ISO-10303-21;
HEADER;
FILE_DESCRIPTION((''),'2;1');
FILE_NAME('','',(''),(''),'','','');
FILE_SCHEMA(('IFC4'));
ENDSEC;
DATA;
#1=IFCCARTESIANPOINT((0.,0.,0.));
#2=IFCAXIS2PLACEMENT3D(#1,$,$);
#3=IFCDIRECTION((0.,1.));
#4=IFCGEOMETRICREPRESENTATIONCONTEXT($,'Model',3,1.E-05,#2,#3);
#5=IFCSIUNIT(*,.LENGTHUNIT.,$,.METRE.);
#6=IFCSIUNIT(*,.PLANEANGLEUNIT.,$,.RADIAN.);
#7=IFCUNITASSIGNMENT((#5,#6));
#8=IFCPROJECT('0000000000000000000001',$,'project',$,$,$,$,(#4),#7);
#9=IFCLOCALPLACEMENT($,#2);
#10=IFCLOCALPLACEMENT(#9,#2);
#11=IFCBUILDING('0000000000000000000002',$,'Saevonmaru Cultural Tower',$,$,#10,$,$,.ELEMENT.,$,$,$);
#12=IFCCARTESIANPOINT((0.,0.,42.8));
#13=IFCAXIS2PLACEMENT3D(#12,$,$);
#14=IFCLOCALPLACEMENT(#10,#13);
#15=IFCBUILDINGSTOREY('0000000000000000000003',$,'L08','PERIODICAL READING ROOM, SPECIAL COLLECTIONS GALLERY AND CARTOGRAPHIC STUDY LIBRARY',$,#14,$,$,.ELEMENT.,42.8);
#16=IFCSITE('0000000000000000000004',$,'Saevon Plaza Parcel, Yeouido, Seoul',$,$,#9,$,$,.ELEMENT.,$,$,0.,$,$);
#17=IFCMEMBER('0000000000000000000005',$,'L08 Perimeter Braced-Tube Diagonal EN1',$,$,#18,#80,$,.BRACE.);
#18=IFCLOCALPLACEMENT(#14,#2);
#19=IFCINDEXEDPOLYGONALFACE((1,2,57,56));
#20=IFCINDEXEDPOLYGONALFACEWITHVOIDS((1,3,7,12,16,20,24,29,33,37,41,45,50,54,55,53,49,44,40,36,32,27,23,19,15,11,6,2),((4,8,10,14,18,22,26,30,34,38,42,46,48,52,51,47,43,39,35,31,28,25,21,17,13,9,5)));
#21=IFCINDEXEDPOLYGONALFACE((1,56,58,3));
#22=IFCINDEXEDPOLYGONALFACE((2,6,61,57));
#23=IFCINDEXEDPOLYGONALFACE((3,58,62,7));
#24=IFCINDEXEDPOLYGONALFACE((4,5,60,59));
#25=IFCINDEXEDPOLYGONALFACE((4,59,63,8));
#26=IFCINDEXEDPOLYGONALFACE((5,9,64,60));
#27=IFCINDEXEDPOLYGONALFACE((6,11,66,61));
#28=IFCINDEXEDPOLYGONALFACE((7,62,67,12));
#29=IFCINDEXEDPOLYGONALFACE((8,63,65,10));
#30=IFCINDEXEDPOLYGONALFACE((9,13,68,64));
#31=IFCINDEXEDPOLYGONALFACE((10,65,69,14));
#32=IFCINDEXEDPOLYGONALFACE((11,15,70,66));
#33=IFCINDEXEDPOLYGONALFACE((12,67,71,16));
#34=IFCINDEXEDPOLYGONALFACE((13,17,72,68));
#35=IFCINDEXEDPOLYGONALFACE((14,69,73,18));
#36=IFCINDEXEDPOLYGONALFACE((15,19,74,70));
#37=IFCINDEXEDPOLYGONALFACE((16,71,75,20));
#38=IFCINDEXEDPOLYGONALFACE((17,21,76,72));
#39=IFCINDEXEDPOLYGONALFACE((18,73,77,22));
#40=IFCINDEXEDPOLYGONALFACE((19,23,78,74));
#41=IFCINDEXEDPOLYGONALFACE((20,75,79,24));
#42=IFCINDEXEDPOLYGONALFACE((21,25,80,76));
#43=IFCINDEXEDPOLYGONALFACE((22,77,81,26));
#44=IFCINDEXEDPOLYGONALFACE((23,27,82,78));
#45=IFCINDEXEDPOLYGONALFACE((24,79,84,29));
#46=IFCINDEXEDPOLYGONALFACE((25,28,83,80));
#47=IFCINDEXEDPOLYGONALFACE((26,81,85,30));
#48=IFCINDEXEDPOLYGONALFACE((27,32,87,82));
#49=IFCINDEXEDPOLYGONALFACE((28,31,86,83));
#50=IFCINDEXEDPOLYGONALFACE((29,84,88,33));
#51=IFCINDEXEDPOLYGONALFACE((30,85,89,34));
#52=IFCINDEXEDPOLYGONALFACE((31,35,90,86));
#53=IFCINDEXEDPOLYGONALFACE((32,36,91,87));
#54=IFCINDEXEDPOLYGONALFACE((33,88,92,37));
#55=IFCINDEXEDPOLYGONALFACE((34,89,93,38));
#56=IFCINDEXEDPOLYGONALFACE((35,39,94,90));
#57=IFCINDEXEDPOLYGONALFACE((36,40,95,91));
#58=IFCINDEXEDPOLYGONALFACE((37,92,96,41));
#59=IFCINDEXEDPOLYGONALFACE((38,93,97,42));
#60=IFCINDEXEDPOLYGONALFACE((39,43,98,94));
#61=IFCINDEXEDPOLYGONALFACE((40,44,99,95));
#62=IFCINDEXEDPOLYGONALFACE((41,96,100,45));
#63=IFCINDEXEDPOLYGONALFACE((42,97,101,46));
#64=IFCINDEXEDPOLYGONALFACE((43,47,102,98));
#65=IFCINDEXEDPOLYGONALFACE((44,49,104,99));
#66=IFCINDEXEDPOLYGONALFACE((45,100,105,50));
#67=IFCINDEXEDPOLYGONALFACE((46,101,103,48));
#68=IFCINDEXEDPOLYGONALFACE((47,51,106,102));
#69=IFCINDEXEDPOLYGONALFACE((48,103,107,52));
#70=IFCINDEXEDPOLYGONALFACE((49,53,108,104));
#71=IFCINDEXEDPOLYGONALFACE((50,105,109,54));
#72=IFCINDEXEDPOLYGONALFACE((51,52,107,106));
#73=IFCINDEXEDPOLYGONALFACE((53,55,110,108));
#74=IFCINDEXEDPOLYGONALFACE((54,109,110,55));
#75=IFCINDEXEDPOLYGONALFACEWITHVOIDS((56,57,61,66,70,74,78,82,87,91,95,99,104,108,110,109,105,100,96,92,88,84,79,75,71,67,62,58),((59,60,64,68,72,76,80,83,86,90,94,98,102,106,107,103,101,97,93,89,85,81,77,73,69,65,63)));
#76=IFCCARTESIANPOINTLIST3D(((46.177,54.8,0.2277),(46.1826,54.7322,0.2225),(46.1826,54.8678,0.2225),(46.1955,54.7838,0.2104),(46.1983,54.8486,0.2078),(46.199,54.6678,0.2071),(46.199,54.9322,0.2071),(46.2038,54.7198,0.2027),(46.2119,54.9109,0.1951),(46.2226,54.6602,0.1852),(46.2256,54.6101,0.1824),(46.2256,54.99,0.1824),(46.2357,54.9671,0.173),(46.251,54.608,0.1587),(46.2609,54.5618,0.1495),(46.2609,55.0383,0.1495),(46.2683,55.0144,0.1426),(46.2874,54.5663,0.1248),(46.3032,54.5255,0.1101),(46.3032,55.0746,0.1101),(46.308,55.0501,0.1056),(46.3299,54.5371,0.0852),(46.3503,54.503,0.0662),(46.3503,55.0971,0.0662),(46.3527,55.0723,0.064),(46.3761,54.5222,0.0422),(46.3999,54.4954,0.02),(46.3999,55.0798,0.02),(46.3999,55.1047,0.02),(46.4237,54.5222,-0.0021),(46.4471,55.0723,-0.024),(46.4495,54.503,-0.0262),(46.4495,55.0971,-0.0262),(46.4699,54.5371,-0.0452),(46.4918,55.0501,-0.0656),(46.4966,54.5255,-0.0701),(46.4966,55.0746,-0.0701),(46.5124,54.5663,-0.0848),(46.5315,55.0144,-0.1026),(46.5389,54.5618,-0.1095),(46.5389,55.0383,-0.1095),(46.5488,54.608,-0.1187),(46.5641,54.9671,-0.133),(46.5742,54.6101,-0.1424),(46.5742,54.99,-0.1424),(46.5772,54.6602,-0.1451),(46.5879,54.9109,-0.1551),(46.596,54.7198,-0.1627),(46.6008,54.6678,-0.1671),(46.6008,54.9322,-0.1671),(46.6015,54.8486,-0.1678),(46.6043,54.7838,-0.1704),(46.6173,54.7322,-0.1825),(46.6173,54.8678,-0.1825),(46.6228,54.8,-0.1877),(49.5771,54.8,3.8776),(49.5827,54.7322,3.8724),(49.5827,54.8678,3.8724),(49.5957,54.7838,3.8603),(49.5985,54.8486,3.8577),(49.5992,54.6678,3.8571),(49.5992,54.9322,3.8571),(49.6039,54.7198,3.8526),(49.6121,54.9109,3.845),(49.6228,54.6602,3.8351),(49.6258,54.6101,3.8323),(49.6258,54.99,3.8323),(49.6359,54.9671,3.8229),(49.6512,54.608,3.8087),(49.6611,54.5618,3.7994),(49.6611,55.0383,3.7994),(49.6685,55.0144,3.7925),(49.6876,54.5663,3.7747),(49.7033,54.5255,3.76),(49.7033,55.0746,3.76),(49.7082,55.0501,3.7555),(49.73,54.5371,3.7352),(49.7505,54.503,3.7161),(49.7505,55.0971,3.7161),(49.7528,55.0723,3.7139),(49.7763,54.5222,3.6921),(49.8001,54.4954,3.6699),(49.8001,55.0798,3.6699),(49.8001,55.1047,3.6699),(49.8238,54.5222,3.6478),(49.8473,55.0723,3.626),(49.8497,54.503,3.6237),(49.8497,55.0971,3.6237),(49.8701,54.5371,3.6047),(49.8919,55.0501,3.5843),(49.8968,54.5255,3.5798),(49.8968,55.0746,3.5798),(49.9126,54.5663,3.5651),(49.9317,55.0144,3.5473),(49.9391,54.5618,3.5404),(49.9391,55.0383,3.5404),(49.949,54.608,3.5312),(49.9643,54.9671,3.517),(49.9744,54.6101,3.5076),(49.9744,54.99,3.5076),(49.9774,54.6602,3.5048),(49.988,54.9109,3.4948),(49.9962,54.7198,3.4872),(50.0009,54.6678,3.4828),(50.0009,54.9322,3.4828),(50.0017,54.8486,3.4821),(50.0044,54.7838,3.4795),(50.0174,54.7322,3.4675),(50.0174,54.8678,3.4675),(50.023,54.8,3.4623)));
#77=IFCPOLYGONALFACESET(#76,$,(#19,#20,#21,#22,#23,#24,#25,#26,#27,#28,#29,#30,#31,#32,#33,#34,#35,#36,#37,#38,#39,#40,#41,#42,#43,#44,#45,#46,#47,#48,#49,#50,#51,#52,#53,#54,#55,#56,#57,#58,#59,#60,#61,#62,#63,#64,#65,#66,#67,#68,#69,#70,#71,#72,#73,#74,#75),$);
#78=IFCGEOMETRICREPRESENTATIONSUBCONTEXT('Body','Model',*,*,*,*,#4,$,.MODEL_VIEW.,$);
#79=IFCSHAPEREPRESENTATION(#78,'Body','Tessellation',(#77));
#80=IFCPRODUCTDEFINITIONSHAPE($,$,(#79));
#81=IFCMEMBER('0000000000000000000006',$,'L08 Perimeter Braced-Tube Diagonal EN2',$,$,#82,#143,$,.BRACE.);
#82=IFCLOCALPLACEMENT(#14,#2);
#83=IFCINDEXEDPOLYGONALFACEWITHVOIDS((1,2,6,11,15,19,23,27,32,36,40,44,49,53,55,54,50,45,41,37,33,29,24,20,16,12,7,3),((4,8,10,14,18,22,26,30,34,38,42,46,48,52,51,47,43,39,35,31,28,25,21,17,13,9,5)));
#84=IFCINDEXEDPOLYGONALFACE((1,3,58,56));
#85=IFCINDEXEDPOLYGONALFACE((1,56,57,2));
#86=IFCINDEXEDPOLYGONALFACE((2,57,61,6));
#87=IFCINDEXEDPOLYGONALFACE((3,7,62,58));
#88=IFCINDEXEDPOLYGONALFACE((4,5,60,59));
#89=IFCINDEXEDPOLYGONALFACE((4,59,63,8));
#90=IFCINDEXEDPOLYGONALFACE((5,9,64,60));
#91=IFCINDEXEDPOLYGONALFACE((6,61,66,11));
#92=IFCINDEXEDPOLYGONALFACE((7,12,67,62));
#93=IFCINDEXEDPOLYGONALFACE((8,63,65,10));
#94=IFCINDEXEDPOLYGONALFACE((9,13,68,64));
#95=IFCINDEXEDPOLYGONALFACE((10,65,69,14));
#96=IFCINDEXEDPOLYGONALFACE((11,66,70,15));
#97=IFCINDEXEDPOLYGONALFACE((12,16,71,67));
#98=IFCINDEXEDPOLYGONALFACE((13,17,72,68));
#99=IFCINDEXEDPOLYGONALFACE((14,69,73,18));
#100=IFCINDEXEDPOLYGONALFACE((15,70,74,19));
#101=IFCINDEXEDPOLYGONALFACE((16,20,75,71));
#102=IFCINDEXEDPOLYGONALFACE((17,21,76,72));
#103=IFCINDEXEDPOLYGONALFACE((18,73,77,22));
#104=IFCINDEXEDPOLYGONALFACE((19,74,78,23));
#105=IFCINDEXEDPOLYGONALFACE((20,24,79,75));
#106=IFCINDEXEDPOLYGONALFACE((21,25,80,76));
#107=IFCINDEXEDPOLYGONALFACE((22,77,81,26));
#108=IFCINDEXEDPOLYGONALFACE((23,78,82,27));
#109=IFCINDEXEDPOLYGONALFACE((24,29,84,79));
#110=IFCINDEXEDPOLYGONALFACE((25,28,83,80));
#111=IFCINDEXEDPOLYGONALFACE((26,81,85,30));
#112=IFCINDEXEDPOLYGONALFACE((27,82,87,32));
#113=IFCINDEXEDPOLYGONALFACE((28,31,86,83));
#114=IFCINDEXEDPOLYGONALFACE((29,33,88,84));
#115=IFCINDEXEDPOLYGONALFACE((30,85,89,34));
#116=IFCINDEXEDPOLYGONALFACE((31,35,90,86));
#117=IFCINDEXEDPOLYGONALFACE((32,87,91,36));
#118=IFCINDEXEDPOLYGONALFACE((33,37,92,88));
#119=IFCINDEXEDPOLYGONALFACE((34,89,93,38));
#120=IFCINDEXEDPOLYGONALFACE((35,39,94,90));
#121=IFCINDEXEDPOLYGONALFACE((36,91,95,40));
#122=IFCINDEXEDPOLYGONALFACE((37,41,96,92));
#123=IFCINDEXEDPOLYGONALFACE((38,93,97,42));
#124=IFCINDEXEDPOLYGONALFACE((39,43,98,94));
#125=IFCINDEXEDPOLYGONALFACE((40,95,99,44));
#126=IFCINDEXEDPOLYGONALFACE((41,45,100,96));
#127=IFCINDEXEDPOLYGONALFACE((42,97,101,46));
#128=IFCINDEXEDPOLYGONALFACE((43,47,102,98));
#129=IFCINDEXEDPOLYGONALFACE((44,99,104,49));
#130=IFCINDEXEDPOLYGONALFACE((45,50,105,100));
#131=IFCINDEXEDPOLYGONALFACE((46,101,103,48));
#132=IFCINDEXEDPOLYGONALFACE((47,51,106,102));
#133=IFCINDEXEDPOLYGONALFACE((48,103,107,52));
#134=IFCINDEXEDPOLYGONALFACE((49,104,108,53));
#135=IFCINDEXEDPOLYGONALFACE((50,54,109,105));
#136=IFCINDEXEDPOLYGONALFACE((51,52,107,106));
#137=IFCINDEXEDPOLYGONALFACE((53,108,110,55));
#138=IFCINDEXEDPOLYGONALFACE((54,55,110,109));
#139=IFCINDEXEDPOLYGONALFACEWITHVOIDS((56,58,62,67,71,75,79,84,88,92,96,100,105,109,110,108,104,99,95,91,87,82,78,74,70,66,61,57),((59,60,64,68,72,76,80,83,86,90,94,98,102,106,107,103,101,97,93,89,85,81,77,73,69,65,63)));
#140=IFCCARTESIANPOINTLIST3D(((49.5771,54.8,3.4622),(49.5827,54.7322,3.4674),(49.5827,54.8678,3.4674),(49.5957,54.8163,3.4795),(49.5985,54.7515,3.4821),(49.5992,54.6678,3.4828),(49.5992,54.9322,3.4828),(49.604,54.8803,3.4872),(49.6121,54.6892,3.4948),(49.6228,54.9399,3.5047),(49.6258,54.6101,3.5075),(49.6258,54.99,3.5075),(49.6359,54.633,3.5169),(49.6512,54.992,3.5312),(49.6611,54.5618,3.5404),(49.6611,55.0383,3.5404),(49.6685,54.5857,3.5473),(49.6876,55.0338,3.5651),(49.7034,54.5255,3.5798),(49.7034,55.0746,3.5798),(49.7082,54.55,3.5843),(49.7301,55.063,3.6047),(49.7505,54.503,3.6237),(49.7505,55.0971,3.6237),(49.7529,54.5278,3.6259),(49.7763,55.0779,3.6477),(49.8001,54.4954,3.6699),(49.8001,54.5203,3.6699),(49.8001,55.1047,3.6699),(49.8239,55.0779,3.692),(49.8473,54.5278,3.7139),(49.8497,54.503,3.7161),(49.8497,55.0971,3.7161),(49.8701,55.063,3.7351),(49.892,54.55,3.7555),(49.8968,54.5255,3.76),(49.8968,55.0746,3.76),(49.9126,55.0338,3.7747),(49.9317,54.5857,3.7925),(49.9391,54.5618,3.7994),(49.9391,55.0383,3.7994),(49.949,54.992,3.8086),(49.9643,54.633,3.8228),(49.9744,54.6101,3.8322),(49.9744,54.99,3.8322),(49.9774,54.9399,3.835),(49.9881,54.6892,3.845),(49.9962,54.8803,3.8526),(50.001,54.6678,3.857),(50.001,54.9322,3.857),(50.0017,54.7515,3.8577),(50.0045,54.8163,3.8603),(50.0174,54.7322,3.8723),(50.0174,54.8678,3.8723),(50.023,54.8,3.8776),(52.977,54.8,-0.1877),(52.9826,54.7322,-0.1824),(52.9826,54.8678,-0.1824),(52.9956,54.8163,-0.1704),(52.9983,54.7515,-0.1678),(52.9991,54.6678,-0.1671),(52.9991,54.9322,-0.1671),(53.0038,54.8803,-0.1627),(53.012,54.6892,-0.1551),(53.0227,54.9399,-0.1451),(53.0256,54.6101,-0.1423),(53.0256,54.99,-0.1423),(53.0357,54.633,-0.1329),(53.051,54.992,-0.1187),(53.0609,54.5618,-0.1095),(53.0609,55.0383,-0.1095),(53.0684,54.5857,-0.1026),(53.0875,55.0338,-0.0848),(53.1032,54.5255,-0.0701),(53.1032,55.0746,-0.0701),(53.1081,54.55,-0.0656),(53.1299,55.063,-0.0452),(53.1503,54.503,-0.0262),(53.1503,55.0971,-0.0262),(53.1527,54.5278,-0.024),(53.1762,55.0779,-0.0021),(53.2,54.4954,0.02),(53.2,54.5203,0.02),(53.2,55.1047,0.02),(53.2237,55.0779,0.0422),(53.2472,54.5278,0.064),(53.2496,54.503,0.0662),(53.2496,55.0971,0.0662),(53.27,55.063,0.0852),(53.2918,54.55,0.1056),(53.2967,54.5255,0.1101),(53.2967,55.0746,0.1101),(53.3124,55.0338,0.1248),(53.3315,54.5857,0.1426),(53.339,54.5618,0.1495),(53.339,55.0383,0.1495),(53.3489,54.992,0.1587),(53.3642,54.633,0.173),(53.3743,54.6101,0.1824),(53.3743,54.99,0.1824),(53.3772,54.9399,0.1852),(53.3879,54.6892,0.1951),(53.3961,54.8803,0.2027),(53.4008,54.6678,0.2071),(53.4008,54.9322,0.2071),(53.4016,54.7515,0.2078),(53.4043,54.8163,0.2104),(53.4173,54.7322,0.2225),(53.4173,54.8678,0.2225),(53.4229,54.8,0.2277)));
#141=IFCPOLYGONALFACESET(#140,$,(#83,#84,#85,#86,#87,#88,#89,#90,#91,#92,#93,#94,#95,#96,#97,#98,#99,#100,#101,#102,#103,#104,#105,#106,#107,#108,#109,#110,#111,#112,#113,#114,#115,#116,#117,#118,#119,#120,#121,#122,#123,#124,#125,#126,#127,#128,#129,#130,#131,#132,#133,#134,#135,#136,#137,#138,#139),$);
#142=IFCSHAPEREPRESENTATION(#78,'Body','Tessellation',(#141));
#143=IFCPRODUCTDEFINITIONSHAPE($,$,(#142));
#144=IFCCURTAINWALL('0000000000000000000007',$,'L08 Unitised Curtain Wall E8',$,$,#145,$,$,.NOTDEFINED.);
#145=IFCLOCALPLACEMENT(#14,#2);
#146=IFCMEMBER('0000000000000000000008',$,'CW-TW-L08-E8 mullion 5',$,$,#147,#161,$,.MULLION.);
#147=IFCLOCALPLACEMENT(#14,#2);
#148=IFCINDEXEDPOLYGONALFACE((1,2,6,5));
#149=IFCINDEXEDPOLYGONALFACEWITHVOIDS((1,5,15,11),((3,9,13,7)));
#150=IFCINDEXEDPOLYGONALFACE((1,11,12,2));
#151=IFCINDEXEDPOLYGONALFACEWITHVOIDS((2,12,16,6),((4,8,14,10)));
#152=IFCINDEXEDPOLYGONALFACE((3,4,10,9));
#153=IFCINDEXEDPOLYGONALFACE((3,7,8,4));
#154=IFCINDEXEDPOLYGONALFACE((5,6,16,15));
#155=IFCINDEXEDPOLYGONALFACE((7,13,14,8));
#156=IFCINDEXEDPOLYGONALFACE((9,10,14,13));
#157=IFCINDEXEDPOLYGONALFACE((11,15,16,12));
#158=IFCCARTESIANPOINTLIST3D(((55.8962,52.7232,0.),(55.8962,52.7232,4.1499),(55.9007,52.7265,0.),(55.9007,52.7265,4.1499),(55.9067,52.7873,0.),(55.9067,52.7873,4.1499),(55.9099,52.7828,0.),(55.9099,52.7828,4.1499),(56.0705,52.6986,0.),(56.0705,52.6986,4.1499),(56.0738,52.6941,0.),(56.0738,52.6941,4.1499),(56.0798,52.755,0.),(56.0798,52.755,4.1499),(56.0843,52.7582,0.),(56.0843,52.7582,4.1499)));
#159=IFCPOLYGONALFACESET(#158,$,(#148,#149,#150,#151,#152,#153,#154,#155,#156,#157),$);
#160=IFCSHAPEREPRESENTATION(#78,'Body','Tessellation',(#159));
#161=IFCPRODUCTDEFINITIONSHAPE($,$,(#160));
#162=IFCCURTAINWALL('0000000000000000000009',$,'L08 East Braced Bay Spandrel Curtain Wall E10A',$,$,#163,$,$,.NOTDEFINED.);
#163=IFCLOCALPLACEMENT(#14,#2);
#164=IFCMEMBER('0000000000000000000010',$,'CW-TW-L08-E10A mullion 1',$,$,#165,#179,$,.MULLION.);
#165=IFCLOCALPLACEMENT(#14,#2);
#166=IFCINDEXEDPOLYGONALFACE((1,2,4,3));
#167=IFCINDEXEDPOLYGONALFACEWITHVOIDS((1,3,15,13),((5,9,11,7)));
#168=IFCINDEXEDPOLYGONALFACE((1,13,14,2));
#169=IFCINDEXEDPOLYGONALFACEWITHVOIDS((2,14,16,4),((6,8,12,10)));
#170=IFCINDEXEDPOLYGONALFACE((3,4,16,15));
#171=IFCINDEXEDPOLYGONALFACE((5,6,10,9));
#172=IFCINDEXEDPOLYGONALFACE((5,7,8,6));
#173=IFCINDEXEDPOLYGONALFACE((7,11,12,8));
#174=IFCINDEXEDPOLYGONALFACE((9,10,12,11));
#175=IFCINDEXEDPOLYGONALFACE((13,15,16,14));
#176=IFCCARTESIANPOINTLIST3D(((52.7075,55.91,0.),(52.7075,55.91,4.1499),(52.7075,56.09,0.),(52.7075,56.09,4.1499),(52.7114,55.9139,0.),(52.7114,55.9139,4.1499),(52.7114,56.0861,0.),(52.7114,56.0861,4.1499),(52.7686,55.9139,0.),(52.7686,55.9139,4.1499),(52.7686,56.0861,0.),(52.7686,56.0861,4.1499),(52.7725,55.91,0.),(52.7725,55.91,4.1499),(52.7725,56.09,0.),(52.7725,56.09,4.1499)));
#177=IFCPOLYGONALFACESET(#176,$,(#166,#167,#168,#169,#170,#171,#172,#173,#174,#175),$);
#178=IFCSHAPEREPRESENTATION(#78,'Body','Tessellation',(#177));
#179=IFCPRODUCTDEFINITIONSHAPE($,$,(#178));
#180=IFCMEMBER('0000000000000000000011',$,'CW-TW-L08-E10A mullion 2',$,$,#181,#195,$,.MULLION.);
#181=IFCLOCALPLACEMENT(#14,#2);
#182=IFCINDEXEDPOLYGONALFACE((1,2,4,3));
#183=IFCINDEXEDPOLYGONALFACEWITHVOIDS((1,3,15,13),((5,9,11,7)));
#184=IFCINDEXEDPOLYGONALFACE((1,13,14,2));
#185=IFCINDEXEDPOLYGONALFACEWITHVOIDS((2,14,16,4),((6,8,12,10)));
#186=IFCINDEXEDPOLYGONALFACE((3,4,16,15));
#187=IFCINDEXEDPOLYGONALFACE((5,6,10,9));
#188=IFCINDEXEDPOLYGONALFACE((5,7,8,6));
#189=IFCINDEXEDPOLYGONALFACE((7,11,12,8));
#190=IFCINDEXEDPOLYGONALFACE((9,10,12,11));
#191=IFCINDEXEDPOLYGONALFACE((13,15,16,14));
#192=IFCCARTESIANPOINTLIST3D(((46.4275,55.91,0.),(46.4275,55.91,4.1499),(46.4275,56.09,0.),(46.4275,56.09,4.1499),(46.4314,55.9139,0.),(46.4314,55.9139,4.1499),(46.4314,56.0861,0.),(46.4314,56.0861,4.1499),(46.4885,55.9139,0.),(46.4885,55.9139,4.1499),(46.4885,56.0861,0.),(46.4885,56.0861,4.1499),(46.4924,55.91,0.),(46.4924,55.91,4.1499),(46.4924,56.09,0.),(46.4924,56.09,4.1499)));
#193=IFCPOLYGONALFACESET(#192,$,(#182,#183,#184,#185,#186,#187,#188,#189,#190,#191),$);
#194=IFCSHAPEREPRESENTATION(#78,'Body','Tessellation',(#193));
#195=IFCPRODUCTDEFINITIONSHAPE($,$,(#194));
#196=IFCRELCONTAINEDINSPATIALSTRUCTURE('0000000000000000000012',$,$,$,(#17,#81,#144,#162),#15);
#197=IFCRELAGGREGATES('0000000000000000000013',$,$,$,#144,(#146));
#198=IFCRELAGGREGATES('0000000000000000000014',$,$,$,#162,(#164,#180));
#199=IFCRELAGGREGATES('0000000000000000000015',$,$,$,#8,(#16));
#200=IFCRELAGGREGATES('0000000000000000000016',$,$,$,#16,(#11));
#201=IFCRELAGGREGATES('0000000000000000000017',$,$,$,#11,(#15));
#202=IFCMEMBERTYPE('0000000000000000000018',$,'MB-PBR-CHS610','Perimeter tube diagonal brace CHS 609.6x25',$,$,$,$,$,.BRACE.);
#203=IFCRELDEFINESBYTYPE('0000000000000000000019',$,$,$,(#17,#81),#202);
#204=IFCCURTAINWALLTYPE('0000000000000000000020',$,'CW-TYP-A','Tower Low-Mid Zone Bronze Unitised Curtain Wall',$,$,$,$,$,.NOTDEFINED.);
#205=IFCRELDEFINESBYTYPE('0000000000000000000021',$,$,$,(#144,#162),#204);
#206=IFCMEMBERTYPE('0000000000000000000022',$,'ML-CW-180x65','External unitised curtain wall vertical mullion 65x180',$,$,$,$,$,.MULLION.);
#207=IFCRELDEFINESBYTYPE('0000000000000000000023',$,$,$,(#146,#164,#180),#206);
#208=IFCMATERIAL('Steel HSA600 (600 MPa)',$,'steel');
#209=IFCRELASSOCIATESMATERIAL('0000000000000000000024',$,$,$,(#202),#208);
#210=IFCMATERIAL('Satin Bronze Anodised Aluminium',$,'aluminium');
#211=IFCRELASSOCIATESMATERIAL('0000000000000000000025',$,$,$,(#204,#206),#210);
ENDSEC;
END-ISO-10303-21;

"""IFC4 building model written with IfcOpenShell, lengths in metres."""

from ifc_helpers import new_model, si_unit, direction, frame, origin, origin_2d, place, context, subcontext, project, spatial, hollow_rectangle, hollow_circle, extrude, material, material_profile, profile_set, type_object, element, aggregate, save


model = new_model("IFC4")

# Units and contexts
model_context = context("Model", 3, precision=1e-05, world=origin(), true_north=direction((0.0, 1.0)))
body_context = subcontext(model_context, "Body", "Model", "MODEL_VIEW")
ifc_project = project(units=[si_unit("LENGTHUNIT", "METRE"), si_unit("PLANEANGLEUNIT", "RADIAN")], contexts=[model_context])

# Site, building, storey
site_placement = place(None, origin())
site = spatial("IfcSite", under=ifc_project, at=site_placement, Name="Saevon Plaza Parcel, Yeouido, Seoul", CompositionType="ELEMENT", RefElevation=0.0)
building_placement = place(site_placement, origin())
building = spatial("IfcBuilding", under=site, at=building_placement, Name="Saevonmaru Cultural Tower", CompositionType="ELEMENT")
storey_placement = place(building_placement, frame((0.0, 0.0, 42.8)))
storey = spatial("IfcBuildingStorey", under=building, at=storey_placement, Name="L08", Description="PERIODICAL READING ROOM, SPECIAL COLLECTIONS GALLERY AND CARTOGRAPHIC STUDY LIBRARY", CompositionType="ELEMENT", Elevation=42.8)

# Shared definitions
ifc_material_1 = material(Name="Steel HSA600 (600 MPa)", Category="steel")

# Members
ifc_material_profile_1 = material_profile(ifc_material_1, hollow_circle(Radius=0.3047, WallThickness=0.0249, at=origin_2d()), Name="CHS-609.6x25")
ifc_profile_set_1 = profile_set([ifc_material_profile_1], Name="Steel HSA600 (600 MPa)")
member_type_1 = type_object("IfcMemberType", Name="MB-PBR-CHS610", Description="Perimeter tube diagonal brace CHS 609.6x25", PredefinedType="BRACE", material=ifc_profile_set_1)
member_1_placement = place(storey_placement, frame((46.3999, 54.8, 0.02), z_axis=(0.681629, 0.0, 0.731698), x_axis=(0.0, 1.0, 0.0)))
element("IfcMember", 1, at=member_1_placement, inside=storey, type_object=member_type_1, Name="L08 Perimeter Braced-Tube Diagonal EN1", PredefinedType="BRACE", context=body_context, shape_type="SweptSolid", body=[
    extrude(hollow_circle(Radius=0.3047, WallThickness=0.0249, at=origin_2d()), origin(), (0.0, 0.0, 1.0), 4.9883),
])
member_2_placement = place(storey_placement, frame((53.2, 54.8, 0.02), z_axis=(-0.681603, 0.0, 0.731722), x_axis=(0.0, -1.0, 0.0)))
element("IfcMember", 2, at=member_2_placement, inside=storey, type_object=member_type_1, Name="L08 Perimeter Braced-Tube Diagonal EN2", PredefinedType="BRACE", context=body_context, shape_type="SweptSolid", body=[
    extrude(hollow_circle(Radius=0.3047, WallThickness=0.0249, at=origin_2d()), origin(), (0.0, 0.0, 1.0), 4.988),
])

# Curtain wall, member
ifc_material_2 = material(Name="Satin Bronze Anodised Aluminium", Category="aluminium")
curtain_wall_type = type_object("IfcCurtainWallType", Name="CW-TYP-A", Description="Tower Low-Mid Zone Bronze Unitised Curtain Wall", PredefinedType="NOTDEFINED", material=ifc_material_2)
curtain_wall_1_placement = place(storey_placement, origin())
curtain_wall_1 = element("IfcCurtainWall", 3, at=curtain_wall_1_placement, inside=storey, type_object=curtain_wall_type, Name="L08 Unitised Curtain Wall E8", PredefinedType="NOTDEFINED")
ifc_material_profile_2 = material_profile(ifc_material_2, hollow_rectangle(XDim=0.0649, YDim=0.1799, WallThickness=0.0039, at=origin_2d()), Name="ALU-MULL-180x65x4")
ifc_profile_set_2 = profile_set([ifc_material_profile_2], Name="Satin Bronze Anodised Aluminium")
member_type_2 = type_object("IfcMemberType", Name="ML-CW-180x65", Description="External unitised curtain wall vertical mullion 65x180", PredefinedType="MULLION", material=ifc_profile_set_2)
member_3_placement = place(storey_placement, frame((55.9902, 52.7407, 0.0), z_axis=(0.0, 0.0, 1.0), x_axis=(0.161709, 0.986839, 0.0)))
member_3 = element("IfcMember", 4, at=member_3_placement, type_object=member_type_2, Name="CW-TW-L08-E8 mullion 5", PredefinedType="MULLION", context=body_context, shape_type="SweptSolid", body=[
    extrude(hollow_rectangle(XDim=0.0649, YDim=0.1799, WallThickness=0.0039, at=origin_2d()), origin(), (0.0, 0.0, 1.0), 4.1499),
])

# Curtain wall, members
curtain_wall_2_placement = place(storey_placement, origin())
curtain_wall_2 = element("IfcCurtainWall", 5, at=curtain_wall_2_placement, inside=storey, type_object=curtain_wall_type, Name="L08 East Braced Bay Spandrel Curtain Wall E10A", PredefinedType="NOTDEFINED")
member_4_placement = place(storey_placement, frame((52.74, 56.0, 0.0), z_axis=(0.0, 0.0, 1.0), x_axis=(-1.0, 0.0, 0.0)))
member_4 = element("IfcMember", 6, at=member_4_placement, type_object=member_type_2, Name="CW-TW-L08-E10A mullion 1", PredefinedType="MULLION", context=body_context, shape_type="SweptSolid", body=[
    extrude(hollow_rectangle(XDim=0.0649, YDim=0.1799, WallThickness=0.0039, at=origin_2d()), origin(), (0.0, 0.0, 1.0), 4.1499),
])
member_5_placement = place(storey_placement, frame((46.46, 56.0, 0.0), z_axis=(0.0, 0.0, 1.0), x_axis=(-1.0, 0.0, 0.0)))
member_5 = element("IfcMember", 7, at=member_5_placement, type_object=member_type_2, Name="CW-TW-L08-E10A mullion 2", PredefinedType="MULLION", context=body_context, shape_type="SweptSolid", body=[
    extrude(hollow_rectangle(XDim=0.0649, YDim=0.1799, WallThickness=0.0039, at=origin_2d()), origin(), (0.0, 0.0, 1.0), 4.1499),
])

aggregate(curtain_wall_1, [member_3])
aggregate(curtain_wall_2, [member_4, member_5])

save(model, "model.ifc")
